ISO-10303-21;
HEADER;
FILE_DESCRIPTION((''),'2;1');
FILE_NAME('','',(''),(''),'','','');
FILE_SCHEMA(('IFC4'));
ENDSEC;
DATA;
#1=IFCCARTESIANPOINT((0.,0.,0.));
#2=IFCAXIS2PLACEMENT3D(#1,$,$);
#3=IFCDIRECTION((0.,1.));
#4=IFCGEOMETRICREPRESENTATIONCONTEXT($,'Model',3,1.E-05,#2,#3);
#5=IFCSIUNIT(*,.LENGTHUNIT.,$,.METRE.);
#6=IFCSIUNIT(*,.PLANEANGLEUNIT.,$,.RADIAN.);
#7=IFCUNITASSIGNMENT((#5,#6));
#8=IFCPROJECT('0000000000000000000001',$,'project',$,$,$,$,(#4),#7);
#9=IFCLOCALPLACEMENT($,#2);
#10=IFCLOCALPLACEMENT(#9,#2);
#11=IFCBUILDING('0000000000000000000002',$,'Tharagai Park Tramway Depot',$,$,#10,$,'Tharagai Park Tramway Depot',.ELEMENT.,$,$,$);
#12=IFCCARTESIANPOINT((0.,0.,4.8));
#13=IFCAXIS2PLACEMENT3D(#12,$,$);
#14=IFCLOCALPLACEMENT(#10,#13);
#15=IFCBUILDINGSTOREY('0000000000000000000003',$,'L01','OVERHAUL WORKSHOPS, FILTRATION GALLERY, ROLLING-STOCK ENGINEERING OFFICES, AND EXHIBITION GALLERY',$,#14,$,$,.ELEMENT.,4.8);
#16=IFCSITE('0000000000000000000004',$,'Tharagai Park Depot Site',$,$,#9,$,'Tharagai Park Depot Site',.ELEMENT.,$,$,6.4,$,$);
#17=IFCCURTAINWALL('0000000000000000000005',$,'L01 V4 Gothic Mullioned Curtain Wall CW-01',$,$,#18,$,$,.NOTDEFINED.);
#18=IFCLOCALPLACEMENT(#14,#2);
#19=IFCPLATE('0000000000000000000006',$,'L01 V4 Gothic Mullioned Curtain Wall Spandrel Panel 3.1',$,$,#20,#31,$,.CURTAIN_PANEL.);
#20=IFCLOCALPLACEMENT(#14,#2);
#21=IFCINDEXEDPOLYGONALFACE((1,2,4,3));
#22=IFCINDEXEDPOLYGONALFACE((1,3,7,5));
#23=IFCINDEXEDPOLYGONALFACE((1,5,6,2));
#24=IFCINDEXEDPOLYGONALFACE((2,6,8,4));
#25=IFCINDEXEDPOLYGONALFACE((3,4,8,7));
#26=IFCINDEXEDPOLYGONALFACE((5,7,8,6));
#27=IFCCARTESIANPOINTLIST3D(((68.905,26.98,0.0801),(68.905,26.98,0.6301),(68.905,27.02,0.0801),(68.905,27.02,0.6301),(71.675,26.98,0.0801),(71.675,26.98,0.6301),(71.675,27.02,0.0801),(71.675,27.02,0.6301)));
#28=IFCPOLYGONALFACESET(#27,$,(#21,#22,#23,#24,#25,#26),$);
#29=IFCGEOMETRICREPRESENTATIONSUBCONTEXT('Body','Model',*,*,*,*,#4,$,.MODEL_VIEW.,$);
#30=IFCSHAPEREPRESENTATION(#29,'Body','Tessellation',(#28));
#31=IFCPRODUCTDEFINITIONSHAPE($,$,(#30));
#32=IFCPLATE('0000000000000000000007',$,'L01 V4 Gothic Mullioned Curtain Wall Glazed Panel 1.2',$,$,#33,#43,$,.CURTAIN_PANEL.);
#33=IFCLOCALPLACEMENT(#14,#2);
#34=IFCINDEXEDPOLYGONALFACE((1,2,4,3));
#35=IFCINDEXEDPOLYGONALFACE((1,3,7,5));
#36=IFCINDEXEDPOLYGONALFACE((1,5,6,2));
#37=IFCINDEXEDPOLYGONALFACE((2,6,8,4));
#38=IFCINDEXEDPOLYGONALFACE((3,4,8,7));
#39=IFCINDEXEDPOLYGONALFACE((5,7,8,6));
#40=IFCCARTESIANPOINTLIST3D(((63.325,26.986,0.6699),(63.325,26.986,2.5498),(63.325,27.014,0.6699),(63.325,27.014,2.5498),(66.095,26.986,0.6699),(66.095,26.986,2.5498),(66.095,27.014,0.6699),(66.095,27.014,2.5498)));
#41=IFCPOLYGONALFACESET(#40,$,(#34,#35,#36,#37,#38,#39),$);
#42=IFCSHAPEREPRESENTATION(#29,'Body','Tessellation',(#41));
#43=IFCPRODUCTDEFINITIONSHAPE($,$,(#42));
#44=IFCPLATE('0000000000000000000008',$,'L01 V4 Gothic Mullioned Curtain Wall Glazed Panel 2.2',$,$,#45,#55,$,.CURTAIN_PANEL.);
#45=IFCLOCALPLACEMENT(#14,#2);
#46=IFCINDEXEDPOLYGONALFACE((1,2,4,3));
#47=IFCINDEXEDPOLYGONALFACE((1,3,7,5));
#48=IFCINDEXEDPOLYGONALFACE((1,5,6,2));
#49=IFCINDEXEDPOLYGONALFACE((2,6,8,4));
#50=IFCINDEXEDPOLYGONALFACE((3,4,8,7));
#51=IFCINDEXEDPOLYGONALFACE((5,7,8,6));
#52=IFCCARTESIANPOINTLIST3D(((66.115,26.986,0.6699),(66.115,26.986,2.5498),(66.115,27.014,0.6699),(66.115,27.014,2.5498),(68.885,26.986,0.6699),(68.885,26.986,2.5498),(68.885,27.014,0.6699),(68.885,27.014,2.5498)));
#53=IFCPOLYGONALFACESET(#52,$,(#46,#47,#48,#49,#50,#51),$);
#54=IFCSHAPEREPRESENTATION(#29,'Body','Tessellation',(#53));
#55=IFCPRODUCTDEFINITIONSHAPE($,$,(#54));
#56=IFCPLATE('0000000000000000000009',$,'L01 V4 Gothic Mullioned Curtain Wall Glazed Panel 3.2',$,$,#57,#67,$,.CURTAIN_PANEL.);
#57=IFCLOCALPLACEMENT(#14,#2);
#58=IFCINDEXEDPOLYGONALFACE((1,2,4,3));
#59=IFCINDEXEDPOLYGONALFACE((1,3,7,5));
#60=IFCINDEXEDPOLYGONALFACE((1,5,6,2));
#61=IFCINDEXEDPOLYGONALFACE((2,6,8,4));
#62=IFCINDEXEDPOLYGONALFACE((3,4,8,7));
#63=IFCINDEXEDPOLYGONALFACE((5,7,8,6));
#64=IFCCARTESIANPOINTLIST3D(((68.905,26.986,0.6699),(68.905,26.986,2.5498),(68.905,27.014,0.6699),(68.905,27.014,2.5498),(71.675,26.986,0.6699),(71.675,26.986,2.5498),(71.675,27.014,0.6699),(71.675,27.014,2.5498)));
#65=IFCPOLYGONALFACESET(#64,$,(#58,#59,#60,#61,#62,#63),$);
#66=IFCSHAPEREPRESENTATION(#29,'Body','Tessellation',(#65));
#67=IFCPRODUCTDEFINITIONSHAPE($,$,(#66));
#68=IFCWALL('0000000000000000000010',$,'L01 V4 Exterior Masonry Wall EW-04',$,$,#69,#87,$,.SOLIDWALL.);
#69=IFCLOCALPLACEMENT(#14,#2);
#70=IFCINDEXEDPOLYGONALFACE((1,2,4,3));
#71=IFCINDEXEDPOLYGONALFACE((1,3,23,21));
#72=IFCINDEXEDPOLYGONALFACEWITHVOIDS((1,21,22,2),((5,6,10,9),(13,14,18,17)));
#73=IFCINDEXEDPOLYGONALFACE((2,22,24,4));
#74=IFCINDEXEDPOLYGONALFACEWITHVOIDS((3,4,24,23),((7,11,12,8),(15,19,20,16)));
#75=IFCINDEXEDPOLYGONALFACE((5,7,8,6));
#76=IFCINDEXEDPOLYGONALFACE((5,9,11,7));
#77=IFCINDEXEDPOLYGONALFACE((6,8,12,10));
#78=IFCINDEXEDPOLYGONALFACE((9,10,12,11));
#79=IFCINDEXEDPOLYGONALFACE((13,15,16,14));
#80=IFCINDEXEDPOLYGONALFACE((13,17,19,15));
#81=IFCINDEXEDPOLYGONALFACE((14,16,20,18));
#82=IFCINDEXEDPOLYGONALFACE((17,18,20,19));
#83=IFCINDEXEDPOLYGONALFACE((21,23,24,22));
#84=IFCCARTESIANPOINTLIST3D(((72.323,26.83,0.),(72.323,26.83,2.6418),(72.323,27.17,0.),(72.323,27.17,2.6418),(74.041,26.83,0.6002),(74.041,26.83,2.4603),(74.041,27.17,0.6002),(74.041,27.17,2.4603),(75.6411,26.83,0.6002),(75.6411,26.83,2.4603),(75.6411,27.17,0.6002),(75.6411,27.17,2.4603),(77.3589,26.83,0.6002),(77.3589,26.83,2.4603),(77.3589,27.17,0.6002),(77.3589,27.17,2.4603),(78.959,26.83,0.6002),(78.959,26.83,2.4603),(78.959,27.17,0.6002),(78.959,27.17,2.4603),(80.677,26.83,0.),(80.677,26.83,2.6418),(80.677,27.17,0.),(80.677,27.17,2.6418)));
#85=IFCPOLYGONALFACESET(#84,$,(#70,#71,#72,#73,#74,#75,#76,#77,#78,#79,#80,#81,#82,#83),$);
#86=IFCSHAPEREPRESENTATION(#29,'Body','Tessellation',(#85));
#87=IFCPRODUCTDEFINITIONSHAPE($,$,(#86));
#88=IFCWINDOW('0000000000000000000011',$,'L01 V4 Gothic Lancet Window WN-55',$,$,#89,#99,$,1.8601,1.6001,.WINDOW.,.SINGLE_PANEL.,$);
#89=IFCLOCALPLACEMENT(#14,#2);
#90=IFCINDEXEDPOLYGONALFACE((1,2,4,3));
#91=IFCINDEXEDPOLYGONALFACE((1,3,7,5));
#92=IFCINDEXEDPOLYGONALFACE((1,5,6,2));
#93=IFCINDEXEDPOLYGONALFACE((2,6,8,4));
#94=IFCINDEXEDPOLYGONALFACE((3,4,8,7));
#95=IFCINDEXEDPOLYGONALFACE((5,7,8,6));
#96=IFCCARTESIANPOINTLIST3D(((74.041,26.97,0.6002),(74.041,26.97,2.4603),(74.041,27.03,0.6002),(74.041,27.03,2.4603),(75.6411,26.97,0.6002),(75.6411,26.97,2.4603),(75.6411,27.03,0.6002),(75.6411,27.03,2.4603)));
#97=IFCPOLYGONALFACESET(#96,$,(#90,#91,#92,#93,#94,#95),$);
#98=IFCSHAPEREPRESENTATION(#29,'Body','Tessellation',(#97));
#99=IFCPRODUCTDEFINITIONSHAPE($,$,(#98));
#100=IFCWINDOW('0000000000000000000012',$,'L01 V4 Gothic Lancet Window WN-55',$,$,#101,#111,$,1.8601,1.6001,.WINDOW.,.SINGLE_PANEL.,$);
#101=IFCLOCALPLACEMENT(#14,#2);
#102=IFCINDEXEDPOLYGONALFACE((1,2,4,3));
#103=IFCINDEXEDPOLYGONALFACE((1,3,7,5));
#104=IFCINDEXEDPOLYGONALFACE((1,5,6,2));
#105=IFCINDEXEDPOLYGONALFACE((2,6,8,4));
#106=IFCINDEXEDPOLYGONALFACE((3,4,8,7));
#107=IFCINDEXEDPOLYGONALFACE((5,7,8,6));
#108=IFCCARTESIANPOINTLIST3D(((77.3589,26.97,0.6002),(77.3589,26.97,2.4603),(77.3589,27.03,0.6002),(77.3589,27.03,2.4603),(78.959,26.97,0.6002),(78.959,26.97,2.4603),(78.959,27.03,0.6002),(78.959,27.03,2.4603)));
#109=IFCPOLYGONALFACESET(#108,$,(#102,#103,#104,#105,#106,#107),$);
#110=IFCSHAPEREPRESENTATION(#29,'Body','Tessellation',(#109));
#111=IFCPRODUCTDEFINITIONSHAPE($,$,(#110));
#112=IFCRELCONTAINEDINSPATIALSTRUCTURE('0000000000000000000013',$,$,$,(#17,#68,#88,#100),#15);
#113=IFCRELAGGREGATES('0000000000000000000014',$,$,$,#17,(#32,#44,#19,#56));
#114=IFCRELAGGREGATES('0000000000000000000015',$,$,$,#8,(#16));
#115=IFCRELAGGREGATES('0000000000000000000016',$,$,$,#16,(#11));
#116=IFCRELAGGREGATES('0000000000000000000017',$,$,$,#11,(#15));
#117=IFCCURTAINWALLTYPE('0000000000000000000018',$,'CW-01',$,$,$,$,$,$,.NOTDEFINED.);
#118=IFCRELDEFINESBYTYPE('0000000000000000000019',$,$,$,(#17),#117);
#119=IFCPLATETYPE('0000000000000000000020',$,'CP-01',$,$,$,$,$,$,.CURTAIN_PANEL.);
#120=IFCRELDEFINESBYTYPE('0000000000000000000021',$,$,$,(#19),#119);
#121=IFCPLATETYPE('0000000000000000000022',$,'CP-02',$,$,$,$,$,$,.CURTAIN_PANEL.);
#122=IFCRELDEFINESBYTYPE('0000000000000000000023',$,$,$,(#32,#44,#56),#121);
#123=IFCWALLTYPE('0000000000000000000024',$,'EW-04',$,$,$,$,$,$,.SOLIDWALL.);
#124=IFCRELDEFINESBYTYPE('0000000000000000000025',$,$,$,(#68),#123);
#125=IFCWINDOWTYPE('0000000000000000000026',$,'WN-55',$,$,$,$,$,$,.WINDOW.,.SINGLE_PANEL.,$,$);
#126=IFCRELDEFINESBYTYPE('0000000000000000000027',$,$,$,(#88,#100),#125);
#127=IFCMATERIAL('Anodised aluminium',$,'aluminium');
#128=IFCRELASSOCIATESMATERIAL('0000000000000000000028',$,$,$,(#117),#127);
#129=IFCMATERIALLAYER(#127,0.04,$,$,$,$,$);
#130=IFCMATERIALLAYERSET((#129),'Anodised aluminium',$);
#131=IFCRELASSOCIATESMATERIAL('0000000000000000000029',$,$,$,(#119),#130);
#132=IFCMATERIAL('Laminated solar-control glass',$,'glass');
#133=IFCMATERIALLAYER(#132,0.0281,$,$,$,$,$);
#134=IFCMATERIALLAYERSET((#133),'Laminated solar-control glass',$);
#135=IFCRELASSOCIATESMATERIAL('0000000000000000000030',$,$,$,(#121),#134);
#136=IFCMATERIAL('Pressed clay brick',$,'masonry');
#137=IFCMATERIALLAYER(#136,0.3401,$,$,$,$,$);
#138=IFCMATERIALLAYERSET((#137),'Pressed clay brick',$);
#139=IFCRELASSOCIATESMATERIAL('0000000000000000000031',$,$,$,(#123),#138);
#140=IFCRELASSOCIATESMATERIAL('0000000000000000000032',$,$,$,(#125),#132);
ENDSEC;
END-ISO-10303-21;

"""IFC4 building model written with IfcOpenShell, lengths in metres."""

from ifc_helpers import new_model, si_unit, direction, frame, frame_2d, origin, origin_2d, place, context, subcontext, project, spatial, rectangle, extrude, material, layer, layer_set, type_object, element, fill, aggregate, save


model = new_model("IFC4")

# Units and contexts
model_context = context("Model", 3, precision=1e-05, world=origin(), true_north=direction((0.0, 1.0)))
body_context = subcontext(model_context, "Body", "Model", "MODEL_VIEW")
ifc_project = project(units=[si_unit("LENGTHUNIT", "METRE"), si_unit("PLANEANGLEUNIT", "RADIAN")], contexts=[model_context])

# Site, building, storey
site_placement = place(None, origin())
site = spatial("IfcSite", under=ifc_project, at=site_placement, Name="Tharagai Park Depot Site", LongName="Tharagai Park Depot Site", CompositionType="ELEMENT", RefElevation=6.4)
building_placement = place(site_placement, origin())
building = spatial("IfcBuilding", under=site, at=building_placement, Name="Tharagai Park Tramway Depot", LongName="Tharagai Park Tramway Depot", CompositionType="ELEMENT")
storey_placement = place(building_placement, frame((0.0, 0.0, 4.8)))
storey = spatial("IfcBuildingStorey", under=building, at=storey_placement, Name="L01", Description="OVERHAUL WORKSHOPS, FILTRATION GALLERY, ROLLING-STOCK ENGINEERING OFFICES, AND EXHIBITION GALLERY", CompositionType="ELEMENT", Elevation=4.8)

# Curtain wall
ifc_material_1 = material(Name="Anodised aluminium", Category="aluminium")
curtain_wall_type = type_object("IfcCurtainWallType", Name="CW-01", PredefinedType="NOTDEFINED", material=ifc_material_1)
curtain_wall_placement = place(storey_placement, origin())
curtain_wall = element("IfcCurtainWall", 1, at=curtain_wall_placement, inside=storey, type_object=curtain_wall_type, Name="L01 V4 Gothic Mullioned Curtain Wall CW-01", PredefinedType="NOTDEFINED")

# Plates
ifc_layer_1 = layer(ifc_material_1, 0.04)
ifc_layer_set_1 = layer_set([ifc_layer_1], Name="Anodised aluminium")
plate_type_1 = type_object("IfcPlateType", Name="CP-01", PredefinedType="CURTAIN_PANEL", material=ifc_layer_set_1)
plate_1_placement = place(storey_placement, frame((70.29, 27.0, 0.0801), z_axis=(0.0, 0.0, 1.0), x_axis=(1.0, 0.0, 0.0)))
plate_1 = element("IfcPlate", 2, at=plate_1_placement, type_object=plate_type_1, Name="L01 V4 Gothic Mullioned Curtain Wall Spandrel Panel 3.1", PredefinedType="CURTAIN_PANEL", context=body_context, shape_type="SweptSolid", body=[
    extrude(rectangle(XDim=2.77, YDim=0.04, at=origin_2d()), origin(), (0.0, 0.0, 1.0), 0.55),
])
ifc_material_2 = material(Name="Laminated solar-control glass", Category="glass")
ifc_layer_2 = layer(ifc_material_2, 0.0281)
ifc_layer_set_2 = layer_set([ifc_layer_2], Name="Laminated solar-control glass")
plate_type_2 = type_object("IfcPlateType", Name="CP-02", PredefinedType="CURTAIN_PANEL", material=ifc_layer_set_2)
plate_2_placement = place(storey_placement, frame((64.71, 27.0, 0.6699), z_axis=(0.0, 0.0, 1.0), x_axis=(1.0, 0.0, 0.0)))
plate_2 = element("IfcPlate", 3, at=plate_2_placement, type_object=plate_type_2, Name="L01 V4 Gothic Mullioned Curtain Wall Glazed Panel 1.2", PredefinedType="CURTAIN_PANEL", context=body_context, shape_type="SweptSolid", body=[
    extrude(rectangle(XDim=2.77, YDim=0.0281, at=origin_2d()), origin(), (0.0, 0.0, 1.0), 1.8799),
])
plate_3_placement = place(storey_placement, frame((67.5, 27.0, 0.6699), z_axis=(0.0, 0.0, 1.0), x_axis=(1.0, 0.0, 0.0)))
plate_3 = element("IfcPlate", 4, at=plate_3_placement, type_object=plate_type_2, Name="L01 V4 Gothic Mullioned Curtain Wall Glazed Panel 2.2", PredefinedType="CURTAIN_PANEL", context=body_context, shape_type="SweptSolid", body=[
    extrude(rectangle(XDim=2.77, YDim=0.0281, at=origin_2d()), origin(), (0.0, 0.0, 1.0), 1.8799),
])
plate_4_placement = place(storey_placement, frame((70.29, 27.0, 0.6699), z_axis=(0.0, 0.0, 1.0), x_axis=(1.0, 0.0, 0.0)))
plate_4 = element("IfcPlate", 5, at=plate_4_placement, type_object=plate_type_2, Name="L01 V4 Gothic Mullioned Curtain Wall Glazed Panel 3.2", PredefinedType="CURTAIN_PANEL", context=body_context, shape_type="SweptSolid", body=[
    extrude(rectangle(XDim=2.77, YDim=0.0281, at=origin_2d()), origin(), (0.0, 0.0, 1.0), 1.8799),
])
aggregate(curtain_wall, [plate_2, plate_3, plate_1, plate_4])

# Wall, openings, windows
ifc_material_3 = material(Name="Pressed clay brick", Category="masonry")
ifc_layer_3 = layer(ifc_material_3, 0.3401)
ifc_layer_set_3 = layer_set([ifc_layer_3], Name="Pressed clay brick")
wall_type = type_object("IfcWallType", Name="EW-04", PredefinedType="SOLIDWALL", material=ifc_layer_set_3)
wall_placement = place(storey_placement, frame((72.323, 27.0, 0.0), z_axis=(0.0, 0.0, 1.0), x_axis=(1.0, 0.0, 0.0)))
wall = element("IfcWall", 6, at=wall_placement, inside=storey, type_object=wall_type, Name="L01 V4 Exterior Masonry Wall EW-04", PredefinedType="SOLIDWALL", context=body_context, shape_type="SweptSolid", body=[
    extrude(rectangle(XDim=8.354, YDim=0.3401, at=frame_2d((4.177, 0.0))), origin(), (0.0, 0.0, 1.0), 2.6418),
])
opening_1_placement = place(wall_placement, frame((1.718, 0.0, 0.6001)))
opening_1 = element("IfcOpeningElement", 7, at=opening_1_placement, cuts=wall, PredefinedType="OPENING", context=body_context, shape_type="SweptSolid", body=[
    extrude(rectangle(XDim=1.6001, YDim=1.8601, at=frame_2d((0.8, 0.9302))), frame((0.0, 0.1799, 0.0), z_axis=(0.0, -1.0, 0.0), x_axis=(1.0, 0.0, 0.0)), (0.0, 0.0, 1.0), 0.3601),
])
opening_2_placement = place(wall_placement, frame((5.0359, 0.0, 0.6001)))
opening_2 = element("IfcOpeningElement", 8, at=opening_2_placement, cuts=wall, PredefinedType="OPENING", context=body_context, shape_type="SweptSolid", body=[
    extrude(rectangle(XDim=1.6001, YDim=1.8601, at=frame_2d((0.8, 0.9302))), frame((0.0, 0.1799, 0.0), z_axis=(0.0, -1.0, 0.0), x_axis=(1.0, 0.0, 0.0)), (0.0, 0.0, 1.0), 0.3601),
])
window_type = type_object("IfcWindowType", Name="WN-55", PartitioningType="SINGLE_PANEL", PredefinedType="WINDOW", material=ifc_material_2)
window_1_placement = place(opening_1_placement, origin())
window_1 = element("IfcWindow", 9, at=window_1_placement, inside=storey, type_object=window_type, Name="L01 V4 Gothic Lancet Window WN-55", OverallHeight=1.8601, OverallWidth=1.6001, PartitioningType="SINGLE_PANEL", PredefinedType="WINDOW", context=body_context, shape_type="SweptSolid", body=[
    extrude(rectangle(XDim=1.6001, YDim=1.8601, at=frame_2d((0.8, 0.9302))), frame((0.0, 0.03, 0.0), z_axis=(0.0, -1.0, 0.0), x_axis=(1.0, 0.0, 0.0)), (0.0, 0.0, 1.0), 0.0601),
])
fill(opening_1, window_1)
window_2_placement = place(opening_2_placement, origin())
window_2 = element("IfcWindow", 10, at=window_2_placement, inside=storey, type_object=window_type, Name="L01 V4 Gothic Lancet Window WN-55", OverallHeight=1.8601, OverallWidth=1.6001, PartitioningType="SINGLE_PANEL", PredefinedType="WINDOW", context=body_context, shape_type="SweptSolid", body=[
    extrude(rectangle(XDim=1.6001, YDim=1.8601, at=frame_2d((0.8, 0.9302))), frame((0.0, 0.03, 0.0), z_axis=(0.0, -1.0, 0.0), x_axis=(1.0, 0.0, 0.0)), (0.0, 0.0, 1.0), 0.0601),
])
fill(opening_2, window_2)

save(model, "model.ifc")
